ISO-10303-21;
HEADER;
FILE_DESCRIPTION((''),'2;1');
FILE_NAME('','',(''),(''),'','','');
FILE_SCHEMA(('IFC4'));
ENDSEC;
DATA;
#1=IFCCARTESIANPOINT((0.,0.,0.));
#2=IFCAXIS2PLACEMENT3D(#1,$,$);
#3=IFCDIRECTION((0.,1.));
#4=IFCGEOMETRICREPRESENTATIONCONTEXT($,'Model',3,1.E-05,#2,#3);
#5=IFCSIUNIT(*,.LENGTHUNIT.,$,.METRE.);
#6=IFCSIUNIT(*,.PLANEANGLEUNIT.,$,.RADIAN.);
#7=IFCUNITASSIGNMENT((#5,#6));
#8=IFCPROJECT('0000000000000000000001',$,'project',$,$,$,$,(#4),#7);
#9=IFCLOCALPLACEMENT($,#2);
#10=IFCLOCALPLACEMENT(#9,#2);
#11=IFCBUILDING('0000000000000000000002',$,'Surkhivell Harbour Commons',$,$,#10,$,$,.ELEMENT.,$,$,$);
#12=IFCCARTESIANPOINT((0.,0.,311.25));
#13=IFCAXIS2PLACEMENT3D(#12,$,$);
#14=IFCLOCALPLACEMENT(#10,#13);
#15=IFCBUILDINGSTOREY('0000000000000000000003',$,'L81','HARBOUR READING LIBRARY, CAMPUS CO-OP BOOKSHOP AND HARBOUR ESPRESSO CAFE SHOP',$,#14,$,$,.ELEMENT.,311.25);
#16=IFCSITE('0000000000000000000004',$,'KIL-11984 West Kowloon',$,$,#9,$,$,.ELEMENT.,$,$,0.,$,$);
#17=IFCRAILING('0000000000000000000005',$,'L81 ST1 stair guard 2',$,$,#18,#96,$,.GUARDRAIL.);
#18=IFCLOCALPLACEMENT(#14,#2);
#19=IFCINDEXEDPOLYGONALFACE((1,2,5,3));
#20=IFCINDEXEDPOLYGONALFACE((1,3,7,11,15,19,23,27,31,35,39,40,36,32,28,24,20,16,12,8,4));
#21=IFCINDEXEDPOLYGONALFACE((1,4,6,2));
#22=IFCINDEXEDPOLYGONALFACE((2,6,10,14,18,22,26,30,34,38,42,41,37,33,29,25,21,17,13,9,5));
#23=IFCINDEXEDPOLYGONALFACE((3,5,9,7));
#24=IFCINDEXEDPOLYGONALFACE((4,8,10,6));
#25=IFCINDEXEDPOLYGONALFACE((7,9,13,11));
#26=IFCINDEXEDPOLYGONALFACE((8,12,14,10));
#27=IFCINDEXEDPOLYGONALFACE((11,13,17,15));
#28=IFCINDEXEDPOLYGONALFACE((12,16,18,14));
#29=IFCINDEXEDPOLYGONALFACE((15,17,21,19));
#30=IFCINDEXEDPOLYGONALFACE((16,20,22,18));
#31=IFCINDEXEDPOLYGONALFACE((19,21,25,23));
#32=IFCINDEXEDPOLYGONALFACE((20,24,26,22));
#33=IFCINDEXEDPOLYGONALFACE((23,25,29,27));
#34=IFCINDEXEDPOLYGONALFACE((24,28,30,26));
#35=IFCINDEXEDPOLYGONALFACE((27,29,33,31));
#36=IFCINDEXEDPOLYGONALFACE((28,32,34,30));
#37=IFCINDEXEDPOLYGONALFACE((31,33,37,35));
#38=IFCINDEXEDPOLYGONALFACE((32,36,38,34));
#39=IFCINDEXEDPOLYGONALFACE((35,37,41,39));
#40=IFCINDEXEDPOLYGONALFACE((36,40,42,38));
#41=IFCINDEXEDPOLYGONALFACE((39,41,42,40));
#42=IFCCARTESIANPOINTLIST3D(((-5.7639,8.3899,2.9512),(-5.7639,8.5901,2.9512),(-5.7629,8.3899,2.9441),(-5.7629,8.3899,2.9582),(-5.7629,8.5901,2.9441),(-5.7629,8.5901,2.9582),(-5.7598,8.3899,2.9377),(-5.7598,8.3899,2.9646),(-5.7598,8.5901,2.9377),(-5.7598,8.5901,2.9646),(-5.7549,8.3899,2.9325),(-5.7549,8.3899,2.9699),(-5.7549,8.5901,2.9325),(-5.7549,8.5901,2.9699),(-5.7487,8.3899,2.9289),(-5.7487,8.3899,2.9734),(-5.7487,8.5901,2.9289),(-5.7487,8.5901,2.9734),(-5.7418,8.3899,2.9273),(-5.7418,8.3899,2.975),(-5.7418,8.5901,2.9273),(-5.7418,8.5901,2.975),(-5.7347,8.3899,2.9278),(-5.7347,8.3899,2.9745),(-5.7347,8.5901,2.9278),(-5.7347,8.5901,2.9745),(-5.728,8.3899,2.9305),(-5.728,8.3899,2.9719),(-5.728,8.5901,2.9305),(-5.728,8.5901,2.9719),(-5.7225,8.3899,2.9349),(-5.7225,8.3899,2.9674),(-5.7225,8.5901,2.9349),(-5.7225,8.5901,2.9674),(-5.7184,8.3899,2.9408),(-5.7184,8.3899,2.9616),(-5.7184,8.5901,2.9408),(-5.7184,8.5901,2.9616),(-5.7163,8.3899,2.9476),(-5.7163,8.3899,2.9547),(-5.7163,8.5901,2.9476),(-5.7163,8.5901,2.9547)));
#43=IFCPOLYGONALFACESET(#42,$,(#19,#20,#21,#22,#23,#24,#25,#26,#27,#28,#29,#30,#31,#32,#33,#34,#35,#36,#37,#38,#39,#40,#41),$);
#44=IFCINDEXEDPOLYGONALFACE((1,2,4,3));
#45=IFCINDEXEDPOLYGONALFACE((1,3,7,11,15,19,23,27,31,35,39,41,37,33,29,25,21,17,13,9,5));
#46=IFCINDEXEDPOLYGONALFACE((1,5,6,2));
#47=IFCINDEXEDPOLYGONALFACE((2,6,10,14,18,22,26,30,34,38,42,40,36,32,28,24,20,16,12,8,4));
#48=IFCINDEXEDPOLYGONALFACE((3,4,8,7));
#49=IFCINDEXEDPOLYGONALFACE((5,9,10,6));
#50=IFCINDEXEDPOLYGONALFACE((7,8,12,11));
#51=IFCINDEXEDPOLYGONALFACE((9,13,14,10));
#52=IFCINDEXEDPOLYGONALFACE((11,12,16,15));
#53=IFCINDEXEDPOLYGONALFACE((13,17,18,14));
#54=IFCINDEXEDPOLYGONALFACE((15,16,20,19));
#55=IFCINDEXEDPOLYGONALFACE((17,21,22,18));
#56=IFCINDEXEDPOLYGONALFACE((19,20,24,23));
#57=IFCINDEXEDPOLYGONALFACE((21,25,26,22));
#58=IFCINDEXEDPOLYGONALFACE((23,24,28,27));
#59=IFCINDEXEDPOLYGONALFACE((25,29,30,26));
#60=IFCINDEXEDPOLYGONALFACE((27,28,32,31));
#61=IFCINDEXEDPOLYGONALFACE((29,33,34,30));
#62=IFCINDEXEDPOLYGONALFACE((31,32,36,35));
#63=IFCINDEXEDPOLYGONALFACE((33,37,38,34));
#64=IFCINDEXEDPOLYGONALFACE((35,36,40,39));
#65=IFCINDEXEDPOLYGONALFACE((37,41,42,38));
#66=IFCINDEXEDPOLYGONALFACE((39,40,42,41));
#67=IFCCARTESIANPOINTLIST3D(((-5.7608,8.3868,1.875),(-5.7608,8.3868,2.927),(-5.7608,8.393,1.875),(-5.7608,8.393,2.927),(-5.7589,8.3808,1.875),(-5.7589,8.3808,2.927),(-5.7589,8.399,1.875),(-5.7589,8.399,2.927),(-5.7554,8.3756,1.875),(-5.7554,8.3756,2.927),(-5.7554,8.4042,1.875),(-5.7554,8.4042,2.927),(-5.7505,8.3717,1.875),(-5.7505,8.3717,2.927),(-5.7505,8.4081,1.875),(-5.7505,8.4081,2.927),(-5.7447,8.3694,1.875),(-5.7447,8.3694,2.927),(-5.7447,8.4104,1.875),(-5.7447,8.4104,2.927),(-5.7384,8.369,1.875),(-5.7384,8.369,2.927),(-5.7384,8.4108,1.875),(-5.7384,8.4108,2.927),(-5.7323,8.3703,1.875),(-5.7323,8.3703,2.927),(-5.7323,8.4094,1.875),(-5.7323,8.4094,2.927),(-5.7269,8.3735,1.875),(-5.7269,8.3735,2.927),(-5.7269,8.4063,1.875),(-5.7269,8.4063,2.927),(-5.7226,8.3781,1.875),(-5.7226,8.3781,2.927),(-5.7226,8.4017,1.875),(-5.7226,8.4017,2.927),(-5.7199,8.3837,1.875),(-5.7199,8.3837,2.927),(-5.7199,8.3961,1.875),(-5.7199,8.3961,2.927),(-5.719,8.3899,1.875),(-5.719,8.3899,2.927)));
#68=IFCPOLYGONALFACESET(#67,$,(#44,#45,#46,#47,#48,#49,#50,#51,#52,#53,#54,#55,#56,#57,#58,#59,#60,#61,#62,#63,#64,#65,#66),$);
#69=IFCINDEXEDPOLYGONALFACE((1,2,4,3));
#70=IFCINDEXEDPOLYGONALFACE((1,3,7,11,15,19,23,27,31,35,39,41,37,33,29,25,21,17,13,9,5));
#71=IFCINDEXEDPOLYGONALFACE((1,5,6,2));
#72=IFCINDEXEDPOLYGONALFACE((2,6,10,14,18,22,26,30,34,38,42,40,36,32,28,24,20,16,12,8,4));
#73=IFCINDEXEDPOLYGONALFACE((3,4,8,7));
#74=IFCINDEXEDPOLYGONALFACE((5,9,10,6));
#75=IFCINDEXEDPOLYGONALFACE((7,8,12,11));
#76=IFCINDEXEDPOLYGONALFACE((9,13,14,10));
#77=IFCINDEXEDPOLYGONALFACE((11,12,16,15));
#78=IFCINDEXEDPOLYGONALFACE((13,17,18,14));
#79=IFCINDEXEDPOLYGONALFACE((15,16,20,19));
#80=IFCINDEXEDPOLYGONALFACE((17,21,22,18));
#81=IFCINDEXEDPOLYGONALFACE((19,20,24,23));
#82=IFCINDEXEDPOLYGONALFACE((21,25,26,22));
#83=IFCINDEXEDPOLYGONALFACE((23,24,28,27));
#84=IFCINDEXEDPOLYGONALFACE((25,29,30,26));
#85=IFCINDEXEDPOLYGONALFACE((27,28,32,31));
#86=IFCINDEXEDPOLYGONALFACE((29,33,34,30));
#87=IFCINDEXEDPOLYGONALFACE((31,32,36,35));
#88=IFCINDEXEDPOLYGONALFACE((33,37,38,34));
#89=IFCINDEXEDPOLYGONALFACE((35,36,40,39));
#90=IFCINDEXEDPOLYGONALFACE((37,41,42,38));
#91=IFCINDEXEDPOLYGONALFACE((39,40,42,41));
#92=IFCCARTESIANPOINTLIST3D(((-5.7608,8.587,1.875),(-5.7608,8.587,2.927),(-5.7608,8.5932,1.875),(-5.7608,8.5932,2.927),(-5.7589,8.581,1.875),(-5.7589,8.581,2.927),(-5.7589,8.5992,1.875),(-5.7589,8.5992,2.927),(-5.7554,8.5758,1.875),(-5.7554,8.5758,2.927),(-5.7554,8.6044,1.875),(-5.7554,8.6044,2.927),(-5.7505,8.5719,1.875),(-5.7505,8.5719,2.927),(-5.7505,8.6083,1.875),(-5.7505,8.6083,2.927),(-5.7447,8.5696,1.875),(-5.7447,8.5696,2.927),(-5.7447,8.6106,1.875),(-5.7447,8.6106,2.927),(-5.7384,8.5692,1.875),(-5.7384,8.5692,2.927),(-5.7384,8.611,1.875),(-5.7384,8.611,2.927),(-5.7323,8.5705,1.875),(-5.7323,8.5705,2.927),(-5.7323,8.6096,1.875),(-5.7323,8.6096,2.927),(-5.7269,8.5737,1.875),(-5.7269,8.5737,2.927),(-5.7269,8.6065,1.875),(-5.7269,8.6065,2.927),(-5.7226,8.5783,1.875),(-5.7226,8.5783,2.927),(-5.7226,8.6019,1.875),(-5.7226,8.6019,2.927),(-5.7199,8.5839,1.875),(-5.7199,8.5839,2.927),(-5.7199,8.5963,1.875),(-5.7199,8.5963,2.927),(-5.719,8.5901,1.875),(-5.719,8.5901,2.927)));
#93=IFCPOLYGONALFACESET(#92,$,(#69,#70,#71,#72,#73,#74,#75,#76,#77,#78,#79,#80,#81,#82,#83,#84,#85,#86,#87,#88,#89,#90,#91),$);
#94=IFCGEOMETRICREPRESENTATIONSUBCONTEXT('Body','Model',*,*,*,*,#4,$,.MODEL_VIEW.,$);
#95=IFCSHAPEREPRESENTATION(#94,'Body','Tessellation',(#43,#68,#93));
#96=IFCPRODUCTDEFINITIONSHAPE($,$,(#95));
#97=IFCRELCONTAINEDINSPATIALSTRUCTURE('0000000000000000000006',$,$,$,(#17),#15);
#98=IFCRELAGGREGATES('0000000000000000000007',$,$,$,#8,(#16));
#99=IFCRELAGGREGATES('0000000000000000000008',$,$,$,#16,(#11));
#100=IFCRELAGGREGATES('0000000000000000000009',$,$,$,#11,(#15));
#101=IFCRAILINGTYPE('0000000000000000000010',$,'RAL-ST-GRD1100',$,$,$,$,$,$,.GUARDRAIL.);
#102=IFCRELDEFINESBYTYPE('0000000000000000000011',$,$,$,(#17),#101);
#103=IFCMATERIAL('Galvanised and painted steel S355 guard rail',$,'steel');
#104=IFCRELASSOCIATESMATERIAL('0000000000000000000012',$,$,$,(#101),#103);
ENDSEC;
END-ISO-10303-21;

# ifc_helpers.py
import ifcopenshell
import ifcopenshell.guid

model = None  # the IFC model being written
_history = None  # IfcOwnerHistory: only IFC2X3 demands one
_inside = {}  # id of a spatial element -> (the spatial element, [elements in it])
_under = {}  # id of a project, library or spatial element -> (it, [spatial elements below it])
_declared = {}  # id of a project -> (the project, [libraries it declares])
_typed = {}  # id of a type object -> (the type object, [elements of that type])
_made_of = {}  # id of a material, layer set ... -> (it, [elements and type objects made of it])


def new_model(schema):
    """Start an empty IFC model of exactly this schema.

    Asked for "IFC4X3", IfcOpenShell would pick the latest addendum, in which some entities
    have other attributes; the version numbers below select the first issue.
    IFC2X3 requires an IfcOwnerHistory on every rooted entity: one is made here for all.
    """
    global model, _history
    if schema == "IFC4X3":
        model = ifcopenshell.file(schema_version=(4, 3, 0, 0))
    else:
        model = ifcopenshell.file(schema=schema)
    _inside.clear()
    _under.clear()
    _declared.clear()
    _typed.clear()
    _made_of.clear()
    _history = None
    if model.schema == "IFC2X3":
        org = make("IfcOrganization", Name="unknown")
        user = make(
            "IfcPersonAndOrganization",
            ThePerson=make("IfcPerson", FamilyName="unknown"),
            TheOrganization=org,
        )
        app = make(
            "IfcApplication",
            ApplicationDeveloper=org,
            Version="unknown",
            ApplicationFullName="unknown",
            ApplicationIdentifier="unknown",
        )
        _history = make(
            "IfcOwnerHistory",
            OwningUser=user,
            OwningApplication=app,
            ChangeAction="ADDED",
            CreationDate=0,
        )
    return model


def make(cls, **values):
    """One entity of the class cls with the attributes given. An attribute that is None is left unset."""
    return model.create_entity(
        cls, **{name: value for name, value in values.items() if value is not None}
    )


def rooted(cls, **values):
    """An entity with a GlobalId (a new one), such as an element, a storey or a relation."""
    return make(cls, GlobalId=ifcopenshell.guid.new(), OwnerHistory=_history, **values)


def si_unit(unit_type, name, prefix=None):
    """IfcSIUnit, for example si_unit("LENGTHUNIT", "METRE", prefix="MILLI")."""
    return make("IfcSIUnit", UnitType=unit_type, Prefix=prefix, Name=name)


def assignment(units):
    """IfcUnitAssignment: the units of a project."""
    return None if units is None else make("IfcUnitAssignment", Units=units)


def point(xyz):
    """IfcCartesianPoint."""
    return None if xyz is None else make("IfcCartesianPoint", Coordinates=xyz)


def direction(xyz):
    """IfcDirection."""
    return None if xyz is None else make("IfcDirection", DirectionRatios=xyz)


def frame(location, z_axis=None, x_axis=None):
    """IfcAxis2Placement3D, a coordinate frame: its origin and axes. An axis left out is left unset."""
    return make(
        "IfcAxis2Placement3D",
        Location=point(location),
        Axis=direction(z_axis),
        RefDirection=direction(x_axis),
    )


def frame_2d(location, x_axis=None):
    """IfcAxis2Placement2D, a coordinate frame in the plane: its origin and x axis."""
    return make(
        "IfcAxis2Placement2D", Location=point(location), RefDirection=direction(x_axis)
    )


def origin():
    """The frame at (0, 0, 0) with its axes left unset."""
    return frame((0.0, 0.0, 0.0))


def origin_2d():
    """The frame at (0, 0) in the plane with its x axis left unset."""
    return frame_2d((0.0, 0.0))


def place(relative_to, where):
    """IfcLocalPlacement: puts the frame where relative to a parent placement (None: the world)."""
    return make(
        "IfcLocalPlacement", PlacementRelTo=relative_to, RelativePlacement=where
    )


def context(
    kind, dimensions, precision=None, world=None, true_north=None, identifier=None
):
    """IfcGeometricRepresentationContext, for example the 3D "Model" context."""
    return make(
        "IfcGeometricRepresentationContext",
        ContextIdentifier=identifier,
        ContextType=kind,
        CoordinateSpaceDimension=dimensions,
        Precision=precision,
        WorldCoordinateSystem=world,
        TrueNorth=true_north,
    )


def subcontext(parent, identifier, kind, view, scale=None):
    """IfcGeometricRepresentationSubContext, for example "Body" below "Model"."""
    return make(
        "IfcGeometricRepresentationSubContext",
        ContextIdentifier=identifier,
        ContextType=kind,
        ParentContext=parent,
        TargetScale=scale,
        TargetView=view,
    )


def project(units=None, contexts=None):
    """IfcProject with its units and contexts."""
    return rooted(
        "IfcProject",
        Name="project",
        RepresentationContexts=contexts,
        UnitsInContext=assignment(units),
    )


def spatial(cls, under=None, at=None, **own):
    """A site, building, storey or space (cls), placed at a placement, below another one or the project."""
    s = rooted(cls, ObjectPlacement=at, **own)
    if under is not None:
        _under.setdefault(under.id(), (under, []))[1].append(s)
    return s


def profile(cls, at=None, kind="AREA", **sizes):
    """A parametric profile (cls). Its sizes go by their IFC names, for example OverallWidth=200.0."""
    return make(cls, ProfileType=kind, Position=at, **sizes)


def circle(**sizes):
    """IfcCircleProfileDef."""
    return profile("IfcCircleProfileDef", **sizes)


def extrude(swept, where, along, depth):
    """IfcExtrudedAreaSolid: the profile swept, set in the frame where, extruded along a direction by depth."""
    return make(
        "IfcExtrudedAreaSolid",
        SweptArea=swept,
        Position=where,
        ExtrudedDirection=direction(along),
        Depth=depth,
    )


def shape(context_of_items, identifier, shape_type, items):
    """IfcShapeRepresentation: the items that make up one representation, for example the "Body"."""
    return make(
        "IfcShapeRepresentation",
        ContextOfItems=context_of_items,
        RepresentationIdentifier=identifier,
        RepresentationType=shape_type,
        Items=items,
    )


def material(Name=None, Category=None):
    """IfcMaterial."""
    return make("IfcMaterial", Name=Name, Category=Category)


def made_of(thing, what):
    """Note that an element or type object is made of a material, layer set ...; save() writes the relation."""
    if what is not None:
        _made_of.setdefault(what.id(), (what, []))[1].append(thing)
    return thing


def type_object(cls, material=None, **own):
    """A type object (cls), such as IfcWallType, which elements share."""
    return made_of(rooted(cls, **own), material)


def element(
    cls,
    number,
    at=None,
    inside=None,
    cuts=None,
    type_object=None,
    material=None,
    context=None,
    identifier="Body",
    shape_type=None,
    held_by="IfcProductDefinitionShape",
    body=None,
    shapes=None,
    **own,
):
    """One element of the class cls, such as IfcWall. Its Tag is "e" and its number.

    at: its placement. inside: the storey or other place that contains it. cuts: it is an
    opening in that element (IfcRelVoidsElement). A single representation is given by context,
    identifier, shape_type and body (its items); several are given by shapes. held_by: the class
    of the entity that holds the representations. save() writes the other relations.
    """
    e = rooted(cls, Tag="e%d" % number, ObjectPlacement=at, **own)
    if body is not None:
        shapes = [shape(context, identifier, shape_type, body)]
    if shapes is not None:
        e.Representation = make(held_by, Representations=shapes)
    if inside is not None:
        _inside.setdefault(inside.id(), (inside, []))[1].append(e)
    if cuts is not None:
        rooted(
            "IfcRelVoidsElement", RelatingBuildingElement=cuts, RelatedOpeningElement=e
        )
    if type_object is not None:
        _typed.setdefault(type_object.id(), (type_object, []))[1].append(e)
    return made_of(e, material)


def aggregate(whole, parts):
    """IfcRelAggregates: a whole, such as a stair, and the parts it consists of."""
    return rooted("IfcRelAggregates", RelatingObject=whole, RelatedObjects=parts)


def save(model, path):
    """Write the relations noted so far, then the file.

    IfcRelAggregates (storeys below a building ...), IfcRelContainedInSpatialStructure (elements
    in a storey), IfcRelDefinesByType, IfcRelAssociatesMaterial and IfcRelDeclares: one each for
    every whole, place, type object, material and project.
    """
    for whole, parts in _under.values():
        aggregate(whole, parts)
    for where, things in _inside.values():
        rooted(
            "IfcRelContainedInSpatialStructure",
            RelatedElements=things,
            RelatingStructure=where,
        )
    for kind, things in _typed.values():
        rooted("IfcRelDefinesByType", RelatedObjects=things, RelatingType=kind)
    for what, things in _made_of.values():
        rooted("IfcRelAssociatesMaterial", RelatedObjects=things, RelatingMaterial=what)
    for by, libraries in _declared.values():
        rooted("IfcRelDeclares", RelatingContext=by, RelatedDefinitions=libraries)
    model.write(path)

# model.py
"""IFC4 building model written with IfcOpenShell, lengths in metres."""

from ifc_helpers import new_model, si_unit, direction, frame, origin, origin_2d, place, context, subcontext, project, spatial, circle, extrude, material, type_object, element, save


model = new_model("IFC4")

# Units and contexts
model_context = context("Model", 3, precision=1e-05, world=origin(), true_north=direction((0.0, 1.0)))
body_context = subcontext(model_context, "Body", "Model", "MODEL_VIEW")
ifc_project = project(units=[si_unit("LENGTHUNIT", "METRE"), si_unit("PLANEANGLEUNIT", "RADIAN")], contexts=[model_context])

# Site, building, storey
site_placement = place(None, origin())
site = spatial("IfcSite", under=ifc_project, at=site_placement, Name="KIL-11984 West Kowloon", CompositionType="ELEMENT", RefElevation=0.0)
building_placement = place(site_placement, origin())
building = spatial("IfcBuilding", under=site, at=building_placement, Name="Surkhivell Harbour Commons", CompositionType="ELEMENT")
storey_placement = place(building_placement, frame((0.0, 0.0, 311.25)))
storey = spatial("IfcBuildingStorey", under=building, at=storey_placement, Name="L81", Description="HARBOUR READING LIBRARY, CAMPUS CO-OP BOOKSHOP AND HARBOUR ESPRESSO CAFE SHOP", CompositionType="ELEMENT", Elevation=311.25)

# Railing
ifc_material_1 = material(Name="Galvanised and painted steel S355 guard rail", Category="steel")
railing_type_1 = type_object("IfcRailingType", Name="RAL-ST-GRD1100", PredefinedType="GUARDRAIL", material=ifc_material_1)
railing_1_placement = place(storey_placement, frame((-5.74, 8.3899, 1.875)))
element("IfcRailing", 1, at=railing_1_placement, inside=storey, type_object=railing_type_1, Name="L81 ST1 stair guard 2", PredefinedType="GUARDRAIL", context=body_context, shape_type="SweptSolid", body=[
    extrude(circle(Radius=0.0239, at=origin_2d()), frame((0.0, 0.0, 1.0762), z_axis=(0.0, 1.0, 0.0), x_axis=(-1.0, 0.0, 0.0)), (0.0, 0.0, 1.0), 0.2002),
    extrude(circle(Radius=0.021, at=origin_2d()), origin(), (0.0, 0.0, 1.0), 1.052),
    extrude(circle(Radius=0.021, at=origin_2d()), frame((0.0, 0.2002, 0.0)), (0.0, 0.0, 1.0), 1.052),
])

save(model, "model.ifc")
